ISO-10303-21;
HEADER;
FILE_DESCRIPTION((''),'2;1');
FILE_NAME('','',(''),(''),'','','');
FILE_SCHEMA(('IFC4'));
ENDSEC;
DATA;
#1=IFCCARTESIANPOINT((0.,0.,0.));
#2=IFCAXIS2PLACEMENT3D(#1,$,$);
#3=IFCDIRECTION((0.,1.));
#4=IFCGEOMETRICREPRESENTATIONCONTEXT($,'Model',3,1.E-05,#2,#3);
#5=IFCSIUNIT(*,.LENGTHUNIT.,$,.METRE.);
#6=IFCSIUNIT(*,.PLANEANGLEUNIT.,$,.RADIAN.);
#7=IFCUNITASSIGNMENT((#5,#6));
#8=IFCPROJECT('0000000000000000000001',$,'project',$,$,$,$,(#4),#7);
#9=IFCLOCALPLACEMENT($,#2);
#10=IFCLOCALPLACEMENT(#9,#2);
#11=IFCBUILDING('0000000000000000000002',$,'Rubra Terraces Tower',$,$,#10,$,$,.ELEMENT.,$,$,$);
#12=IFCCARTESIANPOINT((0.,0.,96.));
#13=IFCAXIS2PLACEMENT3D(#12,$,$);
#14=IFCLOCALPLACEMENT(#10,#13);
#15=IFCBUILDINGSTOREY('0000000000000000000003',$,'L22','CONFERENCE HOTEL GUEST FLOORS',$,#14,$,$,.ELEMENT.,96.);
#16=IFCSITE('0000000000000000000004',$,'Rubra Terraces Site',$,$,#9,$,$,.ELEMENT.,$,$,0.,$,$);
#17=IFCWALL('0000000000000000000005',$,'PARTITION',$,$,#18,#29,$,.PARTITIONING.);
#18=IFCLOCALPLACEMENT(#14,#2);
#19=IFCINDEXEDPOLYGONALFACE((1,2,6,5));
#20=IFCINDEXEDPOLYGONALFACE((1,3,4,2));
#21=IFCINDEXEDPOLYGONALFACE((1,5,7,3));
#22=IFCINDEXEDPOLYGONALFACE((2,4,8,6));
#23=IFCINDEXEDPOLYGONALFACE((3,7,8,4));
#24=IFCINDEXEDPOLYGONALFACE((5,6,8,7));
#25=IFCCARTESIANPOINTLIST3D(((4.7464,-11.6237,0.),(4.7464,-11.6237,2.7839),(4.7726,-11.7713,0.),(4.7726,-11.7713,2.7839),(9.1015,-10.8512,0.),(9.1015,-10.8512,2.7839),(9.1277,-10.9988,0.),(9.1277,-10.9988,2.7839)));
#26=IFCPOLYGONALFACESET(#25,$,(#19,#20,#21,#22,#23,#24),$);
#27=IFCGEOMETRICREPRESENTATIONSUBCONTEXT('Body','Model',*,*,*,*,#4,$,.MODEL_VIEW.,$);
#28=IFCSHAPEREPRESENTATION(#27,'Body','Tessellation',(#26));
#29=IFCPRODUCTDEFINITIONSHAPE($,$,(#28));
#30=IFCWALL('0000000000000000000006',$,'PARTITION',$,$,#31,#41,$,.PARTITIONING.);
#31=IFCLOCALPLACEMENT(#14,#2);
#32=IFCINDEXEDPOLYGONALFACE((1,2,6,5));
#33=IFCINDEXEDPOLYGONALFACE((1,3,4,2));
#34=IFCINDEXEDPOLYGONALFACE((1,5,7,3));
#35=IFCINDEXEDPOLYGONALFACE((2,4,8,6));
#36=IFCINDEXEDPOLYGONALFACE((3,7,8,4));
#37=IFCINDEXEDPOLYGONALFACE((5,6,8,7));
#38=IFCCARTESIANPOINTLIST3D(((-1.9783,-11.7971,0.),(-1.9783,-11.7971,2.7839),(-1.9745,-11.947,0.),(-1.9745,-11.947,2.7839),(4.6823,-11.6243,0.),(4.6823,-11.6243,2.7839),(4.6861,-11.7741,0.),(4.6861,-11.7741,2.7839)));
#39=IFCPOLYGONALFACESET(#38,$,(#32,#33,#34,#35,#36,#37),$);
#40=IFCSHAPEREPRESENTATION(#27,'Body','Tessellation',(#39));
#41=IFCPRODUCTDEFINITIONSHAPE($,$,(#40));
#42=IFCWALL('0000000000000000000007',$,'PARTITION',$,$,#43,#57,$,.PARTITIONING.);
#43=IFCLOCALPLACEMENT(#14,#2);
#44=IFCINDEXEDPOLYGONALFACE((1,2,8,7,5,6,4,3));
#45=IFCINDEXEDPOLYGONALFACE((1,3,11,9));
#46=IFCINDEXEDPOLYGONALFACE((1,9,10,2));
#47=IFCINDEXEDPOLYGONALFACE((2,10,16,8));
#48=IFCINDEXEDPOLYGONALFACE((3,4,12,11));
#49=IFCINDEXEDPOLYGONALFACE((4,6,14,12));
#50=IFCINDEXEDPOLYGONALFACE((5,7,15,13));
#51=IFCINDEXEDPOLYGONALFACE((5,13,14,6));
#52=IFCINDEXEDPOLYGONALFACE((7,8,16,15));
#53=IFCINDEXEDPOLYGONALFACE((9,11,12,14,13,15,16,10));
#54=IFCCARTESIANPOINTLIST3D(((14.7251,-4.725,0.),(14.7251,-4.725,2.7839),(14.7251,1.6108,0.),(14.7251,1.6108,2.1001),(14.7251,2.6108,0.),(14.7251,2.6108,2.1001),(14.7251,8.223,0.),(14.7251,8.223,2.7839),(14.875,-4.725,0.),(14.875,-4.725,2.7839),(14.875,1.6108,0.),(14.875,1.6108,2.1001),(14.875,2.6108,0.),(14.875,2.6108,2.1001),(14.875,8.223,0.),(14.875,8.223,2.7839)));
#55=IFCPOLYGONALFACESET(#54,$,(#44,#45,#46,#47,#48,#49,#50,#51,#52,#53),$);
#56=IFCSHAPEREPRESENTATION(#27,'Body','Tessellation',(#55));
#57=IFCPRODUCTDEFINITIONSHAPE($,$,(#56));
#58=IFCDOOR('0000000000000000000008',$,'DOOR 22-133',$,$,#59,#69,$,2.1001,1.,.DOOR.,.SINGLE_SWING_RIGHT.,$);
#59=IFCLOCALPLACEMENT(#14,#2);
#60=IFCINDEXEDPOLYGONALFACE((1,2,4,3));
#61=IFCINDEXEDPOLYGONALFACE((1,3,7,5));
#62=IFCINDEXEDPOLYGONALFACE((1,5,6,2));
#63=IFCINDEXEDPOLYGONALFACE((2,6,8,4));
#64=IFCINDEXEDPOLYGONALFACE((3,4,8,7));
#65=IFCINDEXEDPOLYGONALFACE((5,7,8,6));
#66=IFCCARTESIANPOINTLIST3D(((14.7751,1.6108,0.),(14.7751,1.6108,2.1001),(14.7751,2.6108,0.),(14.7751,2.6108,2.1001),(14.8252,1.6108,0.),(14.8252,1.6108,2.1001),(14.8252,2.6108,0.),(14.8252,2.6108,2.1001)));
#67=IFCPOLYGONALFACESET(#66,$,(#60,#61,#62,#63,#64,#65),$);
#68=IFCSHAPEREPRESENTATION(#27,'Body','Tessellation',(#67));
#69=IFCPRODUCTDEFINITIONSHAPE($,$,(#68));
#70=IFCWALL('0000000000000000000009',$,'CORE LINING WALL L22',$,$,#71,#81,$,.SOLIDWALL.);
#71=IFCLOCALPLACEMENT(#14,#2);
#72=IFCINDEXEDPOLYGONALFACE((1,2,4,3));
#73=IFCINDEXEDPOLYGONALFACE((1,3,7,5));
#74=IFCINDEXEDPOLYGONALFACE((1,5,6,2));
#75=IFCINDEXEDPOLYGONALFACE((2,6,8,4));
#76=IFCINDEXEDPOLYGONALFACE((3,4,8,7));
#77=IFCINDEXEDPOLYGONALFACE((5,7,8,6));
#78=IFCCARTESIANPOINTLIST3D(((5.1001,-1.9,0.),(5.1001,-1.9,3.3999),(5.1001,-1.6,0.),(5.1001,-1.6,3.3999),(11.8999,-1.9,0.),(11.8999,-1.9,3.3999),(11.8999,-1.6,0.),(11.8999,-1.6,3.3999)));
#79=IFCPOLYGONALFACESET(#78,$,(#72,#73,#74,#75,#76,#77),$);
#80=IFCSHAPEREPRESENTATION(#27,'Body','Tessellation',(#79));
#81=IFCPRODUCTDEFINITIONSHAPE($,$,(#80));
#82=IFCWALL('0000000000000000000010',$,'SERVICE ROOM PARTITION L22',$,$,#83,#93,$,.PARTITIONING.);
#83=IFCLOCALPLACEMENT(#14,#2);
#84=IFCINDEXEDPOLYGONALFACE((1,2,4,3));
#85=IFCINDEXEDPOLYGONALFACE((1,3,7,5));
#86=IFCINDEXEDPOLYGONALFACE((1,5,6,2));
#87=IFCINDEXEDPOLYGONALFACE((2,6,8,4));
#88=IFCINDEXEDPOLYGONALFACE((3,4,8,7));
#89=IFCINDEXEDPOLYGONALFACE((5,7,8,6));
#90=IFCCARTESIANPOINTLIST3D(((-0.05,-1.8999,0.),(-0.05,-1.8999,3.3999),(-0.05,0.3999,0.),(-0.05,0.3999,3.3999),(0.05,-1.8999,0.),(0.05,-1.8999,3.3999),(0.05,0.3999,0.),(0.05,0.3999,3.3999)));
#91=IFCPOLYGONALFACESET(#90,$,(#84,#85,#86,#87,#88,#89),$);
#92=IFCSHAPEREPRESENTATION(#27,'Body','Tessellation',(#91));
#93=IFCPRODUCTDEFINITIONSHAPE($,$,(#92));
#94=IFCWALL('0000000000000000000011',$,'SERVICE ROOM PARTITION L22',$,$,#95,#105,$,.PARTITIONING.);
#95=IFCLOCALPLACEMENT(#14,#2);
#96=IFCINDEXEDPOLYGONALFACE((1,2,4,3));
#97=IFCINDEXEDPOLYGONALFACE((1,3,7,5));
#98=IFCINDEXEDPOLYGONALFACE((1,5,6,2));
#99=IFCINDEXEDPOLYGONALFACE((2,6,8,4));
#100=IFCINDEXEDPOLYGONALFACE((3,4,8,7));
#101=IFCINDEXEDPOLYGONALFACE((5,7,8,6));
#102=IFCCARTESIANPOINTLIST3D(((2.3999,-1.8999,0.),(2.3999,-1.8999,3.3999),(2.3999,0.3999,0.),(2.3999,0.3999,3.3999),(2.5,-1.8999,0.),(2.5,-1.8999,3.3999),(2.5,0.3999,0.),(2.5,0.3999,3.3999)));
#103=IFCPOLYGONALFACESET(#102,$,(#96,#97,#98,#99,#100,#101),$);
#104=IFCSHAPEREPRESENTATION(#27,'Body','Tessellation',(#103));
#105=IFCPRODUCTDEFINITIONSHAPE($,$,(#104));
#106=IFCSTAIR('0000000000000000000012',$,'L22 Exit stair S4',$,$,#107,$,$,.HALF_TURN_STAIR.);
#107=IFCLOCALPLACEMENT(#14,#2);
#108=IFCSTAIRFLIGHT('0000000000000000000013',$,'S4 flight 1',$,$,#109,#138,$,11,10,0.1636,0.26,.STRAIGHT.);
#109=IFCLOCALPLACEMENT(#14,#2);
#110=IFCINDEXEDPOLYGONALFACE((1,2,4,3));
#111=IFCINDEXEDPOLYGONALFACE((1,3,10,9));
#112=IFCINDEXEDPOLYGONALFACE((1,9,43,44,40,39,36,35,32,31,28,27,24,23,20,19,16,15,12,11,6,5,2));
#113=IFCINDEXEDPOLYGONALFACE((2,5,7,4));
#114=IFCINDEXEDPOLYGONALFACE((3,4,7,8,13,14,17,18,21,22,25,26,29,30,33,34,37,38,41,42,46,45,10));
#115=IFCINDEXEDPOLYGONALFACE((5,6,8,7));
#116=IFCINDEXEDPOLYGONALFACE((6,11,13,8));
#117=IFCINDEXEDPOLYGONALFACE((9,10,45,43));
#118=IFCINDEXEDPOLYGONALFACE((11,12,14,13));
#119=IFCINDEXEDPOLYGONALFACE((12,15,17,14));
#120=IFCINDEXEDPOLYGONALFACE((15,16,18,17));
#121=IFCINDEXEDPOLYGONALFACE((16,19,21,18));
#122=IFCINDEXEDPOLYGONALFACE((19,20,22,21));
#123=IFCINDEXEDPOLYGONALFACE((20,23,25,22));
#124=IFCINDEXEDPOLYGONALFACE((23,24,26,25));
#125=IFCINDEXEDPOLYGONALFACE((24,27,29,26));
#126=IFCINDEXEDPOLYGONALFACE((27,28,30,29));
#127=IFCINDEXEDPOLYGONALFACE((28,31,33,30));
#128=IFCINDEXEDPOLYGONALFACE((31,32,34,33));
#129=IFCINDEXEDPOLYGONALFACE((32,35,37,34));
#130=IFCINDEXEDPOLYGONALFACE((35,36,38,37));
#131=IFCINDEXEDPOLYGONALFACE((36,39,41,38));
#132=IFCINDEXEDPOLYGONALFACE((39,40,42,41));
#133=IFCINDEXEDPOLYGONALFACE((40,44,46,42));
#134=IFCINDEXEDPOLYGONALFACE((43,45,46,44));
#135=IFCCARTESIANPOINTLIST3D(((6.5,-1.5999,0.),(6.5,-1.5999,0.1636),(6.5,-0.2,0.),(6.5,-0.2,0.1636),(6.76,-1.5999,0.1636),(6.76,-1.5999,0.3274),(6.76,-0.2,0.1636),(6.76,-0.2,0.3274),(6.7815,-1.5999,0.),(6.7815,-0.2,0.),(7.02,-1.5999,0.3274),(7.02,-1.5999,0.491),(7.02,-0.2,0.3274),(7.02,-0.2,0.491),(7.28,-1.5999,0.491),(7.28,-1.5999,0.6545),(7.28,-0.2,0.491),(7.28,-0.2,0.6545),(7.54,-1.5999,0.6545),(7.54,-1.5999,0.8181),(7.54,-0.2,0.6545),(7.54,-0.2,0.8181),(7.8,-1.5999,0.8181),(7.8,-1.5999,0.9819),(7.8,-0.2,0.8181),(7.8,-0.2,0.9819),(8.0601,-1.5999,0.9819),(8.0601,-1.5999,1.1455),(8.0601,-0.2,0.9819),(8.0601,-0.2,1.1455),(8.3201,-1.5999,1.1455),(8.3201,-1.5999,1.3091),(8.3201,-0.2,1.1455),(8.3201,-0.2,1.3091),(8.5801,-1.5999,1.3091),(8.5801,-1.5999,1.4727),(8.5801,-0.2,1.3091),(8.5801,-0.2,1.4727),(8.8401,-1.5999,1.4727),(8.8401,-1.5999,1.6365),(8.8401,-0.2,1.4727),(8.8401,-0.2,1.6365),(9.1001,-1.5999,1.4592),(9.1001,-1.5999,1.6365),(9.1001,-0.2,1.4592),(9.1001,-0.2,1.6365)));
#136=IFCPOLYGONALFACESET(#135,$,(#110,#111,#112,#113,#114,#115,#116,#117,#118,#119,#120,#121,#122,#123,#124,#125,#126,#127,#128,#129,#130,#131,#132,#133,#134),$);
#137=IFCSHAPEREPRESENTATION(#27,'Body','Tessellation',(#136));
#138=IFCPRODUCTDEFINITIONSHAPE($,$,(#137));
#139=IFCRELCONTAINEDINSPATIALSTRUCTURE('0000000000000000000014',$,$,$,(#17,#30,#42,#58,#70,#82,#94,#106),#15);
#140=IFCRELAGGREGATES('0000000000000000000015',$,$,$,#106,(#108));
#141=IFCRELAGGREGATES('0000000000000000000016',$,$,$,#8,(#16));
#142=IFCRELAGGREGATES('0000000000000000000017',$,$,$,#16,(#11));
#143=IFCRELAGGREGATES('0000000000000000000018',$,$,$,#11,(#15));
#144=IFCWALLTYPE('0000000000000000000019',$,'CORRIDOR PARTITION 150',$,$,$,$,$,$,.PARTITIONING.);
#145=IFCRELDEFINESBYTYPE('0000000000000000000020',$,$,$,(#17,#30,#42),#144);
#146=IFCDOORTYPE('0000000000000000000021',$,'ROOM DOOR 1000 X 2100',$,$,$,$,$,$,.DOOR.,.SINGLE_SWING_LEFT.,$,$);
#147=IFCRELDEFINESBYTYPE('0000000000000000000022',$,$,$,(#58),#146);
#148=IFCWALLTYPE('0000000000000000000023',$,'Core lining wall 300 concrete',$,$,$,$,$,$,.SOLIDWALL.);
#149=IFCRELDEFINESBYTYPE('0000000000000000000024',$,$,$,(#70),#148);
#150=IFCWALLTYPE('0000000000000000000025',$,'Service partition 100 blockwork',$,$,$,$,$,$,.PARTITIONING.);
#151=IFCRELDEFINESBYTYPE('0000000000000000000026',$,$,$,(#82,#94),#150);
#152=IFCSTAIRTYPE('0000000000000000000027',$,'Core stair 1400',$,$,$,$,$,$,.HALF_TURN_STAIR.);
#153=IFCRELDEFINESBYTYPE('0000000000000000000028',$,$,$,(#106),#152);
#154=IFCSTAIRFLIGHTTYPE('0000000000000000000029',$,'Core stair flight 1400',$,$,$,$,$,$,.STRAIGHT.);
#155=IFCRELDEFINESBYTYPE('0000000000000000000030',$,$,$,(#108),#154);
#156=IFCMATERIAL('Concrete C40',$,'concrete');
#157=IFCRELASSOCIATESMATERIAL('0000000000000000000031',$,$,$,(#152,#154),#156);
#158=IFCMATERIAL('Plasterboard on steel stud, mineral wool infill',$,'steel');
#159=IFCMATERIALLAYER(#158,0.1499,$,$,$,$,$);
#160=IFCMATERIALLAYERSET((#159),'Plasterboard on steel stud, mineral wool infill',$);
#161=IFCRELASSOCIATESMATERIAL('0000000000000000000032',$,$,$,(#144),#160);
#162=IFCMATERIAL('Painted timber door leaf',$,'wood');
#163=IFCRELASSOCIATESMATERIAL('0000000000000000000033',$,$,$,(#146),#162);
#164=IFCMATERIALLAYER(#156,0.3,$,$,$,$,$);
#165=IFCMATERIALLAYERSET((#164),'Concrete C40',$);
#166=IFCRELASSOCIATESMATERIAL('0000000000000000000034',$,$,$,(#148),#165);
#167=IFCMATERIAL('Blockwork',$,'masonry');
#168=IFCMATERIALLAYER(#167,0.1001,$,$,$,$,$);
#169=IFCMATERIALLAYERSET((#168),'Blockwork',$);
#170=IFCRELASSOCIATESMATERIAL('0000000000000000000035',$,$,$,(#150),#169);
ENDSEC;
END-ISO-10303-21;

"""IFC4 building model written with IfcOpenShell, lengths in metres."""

from ifc_helpers import new_model, si_unit, direction, frame, frame_2d, origin, place, context, subcontext, project, spatial, polyline, rectangle, outline, extrude, material, layer, layer_set, type_object, element, fill, aggregate, save


model = new_model("IFC4")

# Units and contexts
model_context = context("Model", 3, precision=1e-05, world=origin(), true_north=direction((0.0, 1.0)))
body_context = subcontext(model_context, "Body", "Model", "MODEL_VIEW")
ifc_project = project(units=[si_unit("LENGTHUNIT", "METRE"), si_unit("PLANEANGLEUNIT", "RADIAN")], contexts=[model_context])

# Site, building, storey
site_placement = place(None, origin())
site = spatial("IfcSite", under=ifc_project, at=site_placement, Name="Rubra Terraces Site", CompositionType="ELEMENT", RefElevation=0.0)
building_placement = place(site_placement, origin())
building = spatial("IfcBuilding", under=site, at=building_placement, Name="Rubra Terraces Tower", CompositionType="ELEMENT")
storey_placement = place(building_placement, frame((0.0, 0.0, 96.0)))
storey = spatial("IfcBuildingStorey", under=building, at=storey_placement, Name="L22", Description="CONFERENCE HOTEL GUEST FLOORS", CompositionType="ELEMENT", Elevation=96.0)

# Shared definitions
ifc_material_1 = material(Name="Concrete C40", Category="concrete")
stair_type = type_object("IfcStairType", Name="Core stair 1400", PredefinedType="HALF_TURN_STAIR", material=ifc_material_1)

# Shared definitions
ifc_material_2 = material(Name="Plasterboard on steel stud, mineral wool infill", Category="steel")
ifc_layer_1 = layer(ifc_material_2, 0.1499)
ifc_layer_set_1 = layer_set([ifc_layer_1], Name="Plasterboard on steel stud, mineral wool infill")
wall_type_1 = type_object("IfcWallType", Name="CORRIDOR PARTITION 150", PredefinedType="PARTITIONING", material=ifc_layer_set_1)

# Shared definitions
ifc_material_3 = material(Name="Painted timber door leaf", Category="wood")
door_type_1 = type_object("IfcDoorType", Name="ROOM DOOR 1000 X 2100", OperationType="SINGLE_SWING_LEFT", PredefinedType="DOOR", material=ifc_material_3)

# Walls
wall_1_placement = place(storey_placement, frame((9.1145, -10.925, 0.0), z_axis=(0.0, 0.0, 1.0), x_axis=(-0.984633, -0.174639, 0.0)))
element("IfcWall", 1, at=wall_1_placement, inside=storey, type_object=wall_type_1, Name="PARTITION", PredefinedType="PARTITIONING", context=body_context, shape_type="SweptSolid", body=[
    extrude(rectangle(XDim=4.4231, YDim=0.1499, at=frame_2d((2.2114, 0.0))), origin(), (0.0, 0.0, 1.0), 2.7839),
])
wall_2_placement = place(storey_placement, frame((4.6843, -11.6992, 0.0), z_axis=(0.0, 0.0, 1.0), x_axis=(-0.999663, -0.025942, 0.0)))
element("IfcWall", 2, at=wall_2_placement, inside=storey, type_object=wall_type_1, Name="PARTITION", PredefinedType="PARTITIONING", context=body_context, shape_type="SweptSolid", body=[
    extrude(rectangle(XDim=6.6628, YDim=0.1499, at=frame_2d((3.3315, 0.0))), origin(), (0.0, 0.0, 1.0), 2.7839),
])

# Wall, opening, door
wall_3_placement = place(storey_placement, frame((14.8, -4.7251, 0.0), z_axis=(0.0, 0.0, 1.0), x_axis=(0.0, 1.0, 0.0)))
wall_3 = element("IfcWall", 3, at=wall_3_placement, inside=storey, type_object=wall_type_1, Name="PARTITION", PredefinedType="PARTITIONING", context=body_context, shape_type="SweptSolid", body=[
    extrude(rectangle(XDim=12.948, YDim=0.1499, at=frame_2d((6.4741, 0.0))), origin(), (0.0, 0.0, 1.0), 2.7839),
])
opening_1_placement = place(wall_3_placement, frame((6.3359, 0.0, 0.0)))
opening_1 = element("IfcOpeningElement", 4, at=opening_1_placement, cuts=wall_3, PredefinedType="OPENING", context=body_context, shape_type="SweptSolid", body=[
    extrude(rectangle(XDim=1.0, YDim=2.1001, at=frame_2d((0.5, 1.05))), frame((0.0, 0.085, 0.0), z_axis=(0.0, -1.0, 0.0), x_axis=(1.0, 0.0, 0.0)), (0.0, 0.0, 1.0), 0.1699),
])
door_1_placement = place(opening_1_placement, origin())
door_1 = element("IfcDoor", 5, at=door_1_placement, inside=storey, type_object=door_type_1, Name="DOOR 22-133", OperationType="SINGLE_SWING_RIGHT", OverallHeight=2.1001, OverallWidth=1.0, PredefinedType="DOOR", context=body_context, shape_type="SweptSolid", body=[
    extrude(rectangle(XDim=1.0, YDim=2.1001, at=frame_2d((0.5, 1.05))), frame((0.0, 0.0249, 0.0), z_axis=(0.0, -1.0, 0.0), x_axis=(1.0, 0.0, 0.0)), (0.0, 0.0, 1.0), 0.05),
])
fill(opening_1, door_1)

# Walls
ifc_layer_2 = layer(ifc_material_1, 0.3)
ifc_layer_set_2 = layer_set([ifc_layer_2], Name="Concrete C40")
wall_type_2 = type_object("IfcWallType", Name="Core lining wall 300 concrete", PredefinedType="SOLIDWALL", material=ifc_layer_set_2)
wall_4_placement = place(storey_placement, frame((11.8999, -1.75, 0.0), z_axis=(0.0, 0.0, 1.0), x_axis=(-1.0, 0.0, 0.0)))
element("IfcWall", 6, at=wall_4_placement, inside=storey, type_object=wall_type_2, Name="CORE LINING WALL L22", PredefinedType="SOLIDWALL", context=body_context, shape_type="SweptSolid", body=[
    extrude(rectangle(XDim=6.7998, YDim=0.3, at=frame_2d((3.3999, 0.0))), origin(), (0.0, 0.0, 1.0), 3.3999),
])
ifc_material_4 = material(Name="Blockwork", Category="masonry")
ifc_layer_3 = layer(ifc_material_4, 0.1001)
ifc_layer_set_3 = layer_set([ifc_layer_3], Name="Blockwork")
wall_type_3 = type_object("IfcWallType", Name="Service partition 100 blockwork", PredefinedType="PARTITIONING", material=ifc_layer_set_3)
for number, where, z_axis, x_axis, name in (
    (7, (0.0, -1.8999, 0.0), (0.0, 0.0, 1.0), (0.0, 1.0, 0.0), "SERVICE ROOM PARTITION L22"),
    (8, (2.45, -1.8999, 0.0), (0.0, 0.0, 1.0), (0.0, 1.0, 0.0), "SERVICE ROOM PARTITION L22"),
):
    element("IfcWall", number, at=place(storey_placement, frame(where, z_axis=z_axis, x_axis=x_axis)), inside=storey, type_object=wall_type_3, Name=name, PredefinedType="PARTITIONING", context=body_context, shape_type="SweptSolid", body=[
        extrude(rectangle(XDim=2.2998, YDim=0.1001, at=frame_2d((1.1499, 0.0))), origin(), (0.0, 0.0, 1.0), 3.3999),
    ])

# Stair, stair flight
stair_1_placement = place(storey_placement, origin())
stair_1 = element("IfcStair", 9, at=stair_1_placement, inside=storey, type_object=stair_type, Name="L22 Exit stair S4", PredefinedType="HALF_TURN_STAIR")
stair_flight_type = type_object("IfcStairFlightType", Name="Core stair flight 1400", PredefinedType="STRAIGHT", material=ifc_material_1)
stair_flight_placement = place(storey_placement, frame((6.5, -0.8999, 0.0), z_axis=(0.0, 0.0, 1.0), x_axis=(1.0, 0.0, 0.0)))
stair_flight = element("IfcStairFlight", 10, at=stair_flight_placement, type_object=stair_flight_type, Name="S4 flight 1", NumberOfRisers=11, NumberOfTreads=10, PredefinedType="STRAIGHT", RiserHeight=0.1636, TreadLength=0.26, context=body_context, shape_type="SweptSolid", body=[
    extrude(outline(polyline([(0.0, 0.0), (0.0, 0.1636), (0.26, 0.1636), (0.26, 0.3274), (0.52, 0.3274), (0.52, 0.491), (0.78, 0.491), (0.78, 0.6545), (1.04, 0.6545), (1.04, 0.8181), (1.3, 0.8181), (1.3, 0.9819), (1.5601, 0.9819), (1.5601, 1.1455), (1.8201, 1.1455), (1.8201, 1.3091), (2.0801, 1.3091), (2.0801, 1.4727), (2.3401, 1.4727), (2.3401, 1.6365), (2.6001, 1.6365), (2.6001, 1.8), (2.6001, 1.4592), (0.2815, 0.0), (0.0, 0.0)])), frame((0.0, 0.7, 0.0), z_axis=(0.0, -1.0, 0.0), x_axis=(1.0, 0.0, 0.0)), (0.0, 0.0, 1.0), 1.3999),
])
aggregate(stair_1, [stair_flight])

save(model, "model.ifc")
